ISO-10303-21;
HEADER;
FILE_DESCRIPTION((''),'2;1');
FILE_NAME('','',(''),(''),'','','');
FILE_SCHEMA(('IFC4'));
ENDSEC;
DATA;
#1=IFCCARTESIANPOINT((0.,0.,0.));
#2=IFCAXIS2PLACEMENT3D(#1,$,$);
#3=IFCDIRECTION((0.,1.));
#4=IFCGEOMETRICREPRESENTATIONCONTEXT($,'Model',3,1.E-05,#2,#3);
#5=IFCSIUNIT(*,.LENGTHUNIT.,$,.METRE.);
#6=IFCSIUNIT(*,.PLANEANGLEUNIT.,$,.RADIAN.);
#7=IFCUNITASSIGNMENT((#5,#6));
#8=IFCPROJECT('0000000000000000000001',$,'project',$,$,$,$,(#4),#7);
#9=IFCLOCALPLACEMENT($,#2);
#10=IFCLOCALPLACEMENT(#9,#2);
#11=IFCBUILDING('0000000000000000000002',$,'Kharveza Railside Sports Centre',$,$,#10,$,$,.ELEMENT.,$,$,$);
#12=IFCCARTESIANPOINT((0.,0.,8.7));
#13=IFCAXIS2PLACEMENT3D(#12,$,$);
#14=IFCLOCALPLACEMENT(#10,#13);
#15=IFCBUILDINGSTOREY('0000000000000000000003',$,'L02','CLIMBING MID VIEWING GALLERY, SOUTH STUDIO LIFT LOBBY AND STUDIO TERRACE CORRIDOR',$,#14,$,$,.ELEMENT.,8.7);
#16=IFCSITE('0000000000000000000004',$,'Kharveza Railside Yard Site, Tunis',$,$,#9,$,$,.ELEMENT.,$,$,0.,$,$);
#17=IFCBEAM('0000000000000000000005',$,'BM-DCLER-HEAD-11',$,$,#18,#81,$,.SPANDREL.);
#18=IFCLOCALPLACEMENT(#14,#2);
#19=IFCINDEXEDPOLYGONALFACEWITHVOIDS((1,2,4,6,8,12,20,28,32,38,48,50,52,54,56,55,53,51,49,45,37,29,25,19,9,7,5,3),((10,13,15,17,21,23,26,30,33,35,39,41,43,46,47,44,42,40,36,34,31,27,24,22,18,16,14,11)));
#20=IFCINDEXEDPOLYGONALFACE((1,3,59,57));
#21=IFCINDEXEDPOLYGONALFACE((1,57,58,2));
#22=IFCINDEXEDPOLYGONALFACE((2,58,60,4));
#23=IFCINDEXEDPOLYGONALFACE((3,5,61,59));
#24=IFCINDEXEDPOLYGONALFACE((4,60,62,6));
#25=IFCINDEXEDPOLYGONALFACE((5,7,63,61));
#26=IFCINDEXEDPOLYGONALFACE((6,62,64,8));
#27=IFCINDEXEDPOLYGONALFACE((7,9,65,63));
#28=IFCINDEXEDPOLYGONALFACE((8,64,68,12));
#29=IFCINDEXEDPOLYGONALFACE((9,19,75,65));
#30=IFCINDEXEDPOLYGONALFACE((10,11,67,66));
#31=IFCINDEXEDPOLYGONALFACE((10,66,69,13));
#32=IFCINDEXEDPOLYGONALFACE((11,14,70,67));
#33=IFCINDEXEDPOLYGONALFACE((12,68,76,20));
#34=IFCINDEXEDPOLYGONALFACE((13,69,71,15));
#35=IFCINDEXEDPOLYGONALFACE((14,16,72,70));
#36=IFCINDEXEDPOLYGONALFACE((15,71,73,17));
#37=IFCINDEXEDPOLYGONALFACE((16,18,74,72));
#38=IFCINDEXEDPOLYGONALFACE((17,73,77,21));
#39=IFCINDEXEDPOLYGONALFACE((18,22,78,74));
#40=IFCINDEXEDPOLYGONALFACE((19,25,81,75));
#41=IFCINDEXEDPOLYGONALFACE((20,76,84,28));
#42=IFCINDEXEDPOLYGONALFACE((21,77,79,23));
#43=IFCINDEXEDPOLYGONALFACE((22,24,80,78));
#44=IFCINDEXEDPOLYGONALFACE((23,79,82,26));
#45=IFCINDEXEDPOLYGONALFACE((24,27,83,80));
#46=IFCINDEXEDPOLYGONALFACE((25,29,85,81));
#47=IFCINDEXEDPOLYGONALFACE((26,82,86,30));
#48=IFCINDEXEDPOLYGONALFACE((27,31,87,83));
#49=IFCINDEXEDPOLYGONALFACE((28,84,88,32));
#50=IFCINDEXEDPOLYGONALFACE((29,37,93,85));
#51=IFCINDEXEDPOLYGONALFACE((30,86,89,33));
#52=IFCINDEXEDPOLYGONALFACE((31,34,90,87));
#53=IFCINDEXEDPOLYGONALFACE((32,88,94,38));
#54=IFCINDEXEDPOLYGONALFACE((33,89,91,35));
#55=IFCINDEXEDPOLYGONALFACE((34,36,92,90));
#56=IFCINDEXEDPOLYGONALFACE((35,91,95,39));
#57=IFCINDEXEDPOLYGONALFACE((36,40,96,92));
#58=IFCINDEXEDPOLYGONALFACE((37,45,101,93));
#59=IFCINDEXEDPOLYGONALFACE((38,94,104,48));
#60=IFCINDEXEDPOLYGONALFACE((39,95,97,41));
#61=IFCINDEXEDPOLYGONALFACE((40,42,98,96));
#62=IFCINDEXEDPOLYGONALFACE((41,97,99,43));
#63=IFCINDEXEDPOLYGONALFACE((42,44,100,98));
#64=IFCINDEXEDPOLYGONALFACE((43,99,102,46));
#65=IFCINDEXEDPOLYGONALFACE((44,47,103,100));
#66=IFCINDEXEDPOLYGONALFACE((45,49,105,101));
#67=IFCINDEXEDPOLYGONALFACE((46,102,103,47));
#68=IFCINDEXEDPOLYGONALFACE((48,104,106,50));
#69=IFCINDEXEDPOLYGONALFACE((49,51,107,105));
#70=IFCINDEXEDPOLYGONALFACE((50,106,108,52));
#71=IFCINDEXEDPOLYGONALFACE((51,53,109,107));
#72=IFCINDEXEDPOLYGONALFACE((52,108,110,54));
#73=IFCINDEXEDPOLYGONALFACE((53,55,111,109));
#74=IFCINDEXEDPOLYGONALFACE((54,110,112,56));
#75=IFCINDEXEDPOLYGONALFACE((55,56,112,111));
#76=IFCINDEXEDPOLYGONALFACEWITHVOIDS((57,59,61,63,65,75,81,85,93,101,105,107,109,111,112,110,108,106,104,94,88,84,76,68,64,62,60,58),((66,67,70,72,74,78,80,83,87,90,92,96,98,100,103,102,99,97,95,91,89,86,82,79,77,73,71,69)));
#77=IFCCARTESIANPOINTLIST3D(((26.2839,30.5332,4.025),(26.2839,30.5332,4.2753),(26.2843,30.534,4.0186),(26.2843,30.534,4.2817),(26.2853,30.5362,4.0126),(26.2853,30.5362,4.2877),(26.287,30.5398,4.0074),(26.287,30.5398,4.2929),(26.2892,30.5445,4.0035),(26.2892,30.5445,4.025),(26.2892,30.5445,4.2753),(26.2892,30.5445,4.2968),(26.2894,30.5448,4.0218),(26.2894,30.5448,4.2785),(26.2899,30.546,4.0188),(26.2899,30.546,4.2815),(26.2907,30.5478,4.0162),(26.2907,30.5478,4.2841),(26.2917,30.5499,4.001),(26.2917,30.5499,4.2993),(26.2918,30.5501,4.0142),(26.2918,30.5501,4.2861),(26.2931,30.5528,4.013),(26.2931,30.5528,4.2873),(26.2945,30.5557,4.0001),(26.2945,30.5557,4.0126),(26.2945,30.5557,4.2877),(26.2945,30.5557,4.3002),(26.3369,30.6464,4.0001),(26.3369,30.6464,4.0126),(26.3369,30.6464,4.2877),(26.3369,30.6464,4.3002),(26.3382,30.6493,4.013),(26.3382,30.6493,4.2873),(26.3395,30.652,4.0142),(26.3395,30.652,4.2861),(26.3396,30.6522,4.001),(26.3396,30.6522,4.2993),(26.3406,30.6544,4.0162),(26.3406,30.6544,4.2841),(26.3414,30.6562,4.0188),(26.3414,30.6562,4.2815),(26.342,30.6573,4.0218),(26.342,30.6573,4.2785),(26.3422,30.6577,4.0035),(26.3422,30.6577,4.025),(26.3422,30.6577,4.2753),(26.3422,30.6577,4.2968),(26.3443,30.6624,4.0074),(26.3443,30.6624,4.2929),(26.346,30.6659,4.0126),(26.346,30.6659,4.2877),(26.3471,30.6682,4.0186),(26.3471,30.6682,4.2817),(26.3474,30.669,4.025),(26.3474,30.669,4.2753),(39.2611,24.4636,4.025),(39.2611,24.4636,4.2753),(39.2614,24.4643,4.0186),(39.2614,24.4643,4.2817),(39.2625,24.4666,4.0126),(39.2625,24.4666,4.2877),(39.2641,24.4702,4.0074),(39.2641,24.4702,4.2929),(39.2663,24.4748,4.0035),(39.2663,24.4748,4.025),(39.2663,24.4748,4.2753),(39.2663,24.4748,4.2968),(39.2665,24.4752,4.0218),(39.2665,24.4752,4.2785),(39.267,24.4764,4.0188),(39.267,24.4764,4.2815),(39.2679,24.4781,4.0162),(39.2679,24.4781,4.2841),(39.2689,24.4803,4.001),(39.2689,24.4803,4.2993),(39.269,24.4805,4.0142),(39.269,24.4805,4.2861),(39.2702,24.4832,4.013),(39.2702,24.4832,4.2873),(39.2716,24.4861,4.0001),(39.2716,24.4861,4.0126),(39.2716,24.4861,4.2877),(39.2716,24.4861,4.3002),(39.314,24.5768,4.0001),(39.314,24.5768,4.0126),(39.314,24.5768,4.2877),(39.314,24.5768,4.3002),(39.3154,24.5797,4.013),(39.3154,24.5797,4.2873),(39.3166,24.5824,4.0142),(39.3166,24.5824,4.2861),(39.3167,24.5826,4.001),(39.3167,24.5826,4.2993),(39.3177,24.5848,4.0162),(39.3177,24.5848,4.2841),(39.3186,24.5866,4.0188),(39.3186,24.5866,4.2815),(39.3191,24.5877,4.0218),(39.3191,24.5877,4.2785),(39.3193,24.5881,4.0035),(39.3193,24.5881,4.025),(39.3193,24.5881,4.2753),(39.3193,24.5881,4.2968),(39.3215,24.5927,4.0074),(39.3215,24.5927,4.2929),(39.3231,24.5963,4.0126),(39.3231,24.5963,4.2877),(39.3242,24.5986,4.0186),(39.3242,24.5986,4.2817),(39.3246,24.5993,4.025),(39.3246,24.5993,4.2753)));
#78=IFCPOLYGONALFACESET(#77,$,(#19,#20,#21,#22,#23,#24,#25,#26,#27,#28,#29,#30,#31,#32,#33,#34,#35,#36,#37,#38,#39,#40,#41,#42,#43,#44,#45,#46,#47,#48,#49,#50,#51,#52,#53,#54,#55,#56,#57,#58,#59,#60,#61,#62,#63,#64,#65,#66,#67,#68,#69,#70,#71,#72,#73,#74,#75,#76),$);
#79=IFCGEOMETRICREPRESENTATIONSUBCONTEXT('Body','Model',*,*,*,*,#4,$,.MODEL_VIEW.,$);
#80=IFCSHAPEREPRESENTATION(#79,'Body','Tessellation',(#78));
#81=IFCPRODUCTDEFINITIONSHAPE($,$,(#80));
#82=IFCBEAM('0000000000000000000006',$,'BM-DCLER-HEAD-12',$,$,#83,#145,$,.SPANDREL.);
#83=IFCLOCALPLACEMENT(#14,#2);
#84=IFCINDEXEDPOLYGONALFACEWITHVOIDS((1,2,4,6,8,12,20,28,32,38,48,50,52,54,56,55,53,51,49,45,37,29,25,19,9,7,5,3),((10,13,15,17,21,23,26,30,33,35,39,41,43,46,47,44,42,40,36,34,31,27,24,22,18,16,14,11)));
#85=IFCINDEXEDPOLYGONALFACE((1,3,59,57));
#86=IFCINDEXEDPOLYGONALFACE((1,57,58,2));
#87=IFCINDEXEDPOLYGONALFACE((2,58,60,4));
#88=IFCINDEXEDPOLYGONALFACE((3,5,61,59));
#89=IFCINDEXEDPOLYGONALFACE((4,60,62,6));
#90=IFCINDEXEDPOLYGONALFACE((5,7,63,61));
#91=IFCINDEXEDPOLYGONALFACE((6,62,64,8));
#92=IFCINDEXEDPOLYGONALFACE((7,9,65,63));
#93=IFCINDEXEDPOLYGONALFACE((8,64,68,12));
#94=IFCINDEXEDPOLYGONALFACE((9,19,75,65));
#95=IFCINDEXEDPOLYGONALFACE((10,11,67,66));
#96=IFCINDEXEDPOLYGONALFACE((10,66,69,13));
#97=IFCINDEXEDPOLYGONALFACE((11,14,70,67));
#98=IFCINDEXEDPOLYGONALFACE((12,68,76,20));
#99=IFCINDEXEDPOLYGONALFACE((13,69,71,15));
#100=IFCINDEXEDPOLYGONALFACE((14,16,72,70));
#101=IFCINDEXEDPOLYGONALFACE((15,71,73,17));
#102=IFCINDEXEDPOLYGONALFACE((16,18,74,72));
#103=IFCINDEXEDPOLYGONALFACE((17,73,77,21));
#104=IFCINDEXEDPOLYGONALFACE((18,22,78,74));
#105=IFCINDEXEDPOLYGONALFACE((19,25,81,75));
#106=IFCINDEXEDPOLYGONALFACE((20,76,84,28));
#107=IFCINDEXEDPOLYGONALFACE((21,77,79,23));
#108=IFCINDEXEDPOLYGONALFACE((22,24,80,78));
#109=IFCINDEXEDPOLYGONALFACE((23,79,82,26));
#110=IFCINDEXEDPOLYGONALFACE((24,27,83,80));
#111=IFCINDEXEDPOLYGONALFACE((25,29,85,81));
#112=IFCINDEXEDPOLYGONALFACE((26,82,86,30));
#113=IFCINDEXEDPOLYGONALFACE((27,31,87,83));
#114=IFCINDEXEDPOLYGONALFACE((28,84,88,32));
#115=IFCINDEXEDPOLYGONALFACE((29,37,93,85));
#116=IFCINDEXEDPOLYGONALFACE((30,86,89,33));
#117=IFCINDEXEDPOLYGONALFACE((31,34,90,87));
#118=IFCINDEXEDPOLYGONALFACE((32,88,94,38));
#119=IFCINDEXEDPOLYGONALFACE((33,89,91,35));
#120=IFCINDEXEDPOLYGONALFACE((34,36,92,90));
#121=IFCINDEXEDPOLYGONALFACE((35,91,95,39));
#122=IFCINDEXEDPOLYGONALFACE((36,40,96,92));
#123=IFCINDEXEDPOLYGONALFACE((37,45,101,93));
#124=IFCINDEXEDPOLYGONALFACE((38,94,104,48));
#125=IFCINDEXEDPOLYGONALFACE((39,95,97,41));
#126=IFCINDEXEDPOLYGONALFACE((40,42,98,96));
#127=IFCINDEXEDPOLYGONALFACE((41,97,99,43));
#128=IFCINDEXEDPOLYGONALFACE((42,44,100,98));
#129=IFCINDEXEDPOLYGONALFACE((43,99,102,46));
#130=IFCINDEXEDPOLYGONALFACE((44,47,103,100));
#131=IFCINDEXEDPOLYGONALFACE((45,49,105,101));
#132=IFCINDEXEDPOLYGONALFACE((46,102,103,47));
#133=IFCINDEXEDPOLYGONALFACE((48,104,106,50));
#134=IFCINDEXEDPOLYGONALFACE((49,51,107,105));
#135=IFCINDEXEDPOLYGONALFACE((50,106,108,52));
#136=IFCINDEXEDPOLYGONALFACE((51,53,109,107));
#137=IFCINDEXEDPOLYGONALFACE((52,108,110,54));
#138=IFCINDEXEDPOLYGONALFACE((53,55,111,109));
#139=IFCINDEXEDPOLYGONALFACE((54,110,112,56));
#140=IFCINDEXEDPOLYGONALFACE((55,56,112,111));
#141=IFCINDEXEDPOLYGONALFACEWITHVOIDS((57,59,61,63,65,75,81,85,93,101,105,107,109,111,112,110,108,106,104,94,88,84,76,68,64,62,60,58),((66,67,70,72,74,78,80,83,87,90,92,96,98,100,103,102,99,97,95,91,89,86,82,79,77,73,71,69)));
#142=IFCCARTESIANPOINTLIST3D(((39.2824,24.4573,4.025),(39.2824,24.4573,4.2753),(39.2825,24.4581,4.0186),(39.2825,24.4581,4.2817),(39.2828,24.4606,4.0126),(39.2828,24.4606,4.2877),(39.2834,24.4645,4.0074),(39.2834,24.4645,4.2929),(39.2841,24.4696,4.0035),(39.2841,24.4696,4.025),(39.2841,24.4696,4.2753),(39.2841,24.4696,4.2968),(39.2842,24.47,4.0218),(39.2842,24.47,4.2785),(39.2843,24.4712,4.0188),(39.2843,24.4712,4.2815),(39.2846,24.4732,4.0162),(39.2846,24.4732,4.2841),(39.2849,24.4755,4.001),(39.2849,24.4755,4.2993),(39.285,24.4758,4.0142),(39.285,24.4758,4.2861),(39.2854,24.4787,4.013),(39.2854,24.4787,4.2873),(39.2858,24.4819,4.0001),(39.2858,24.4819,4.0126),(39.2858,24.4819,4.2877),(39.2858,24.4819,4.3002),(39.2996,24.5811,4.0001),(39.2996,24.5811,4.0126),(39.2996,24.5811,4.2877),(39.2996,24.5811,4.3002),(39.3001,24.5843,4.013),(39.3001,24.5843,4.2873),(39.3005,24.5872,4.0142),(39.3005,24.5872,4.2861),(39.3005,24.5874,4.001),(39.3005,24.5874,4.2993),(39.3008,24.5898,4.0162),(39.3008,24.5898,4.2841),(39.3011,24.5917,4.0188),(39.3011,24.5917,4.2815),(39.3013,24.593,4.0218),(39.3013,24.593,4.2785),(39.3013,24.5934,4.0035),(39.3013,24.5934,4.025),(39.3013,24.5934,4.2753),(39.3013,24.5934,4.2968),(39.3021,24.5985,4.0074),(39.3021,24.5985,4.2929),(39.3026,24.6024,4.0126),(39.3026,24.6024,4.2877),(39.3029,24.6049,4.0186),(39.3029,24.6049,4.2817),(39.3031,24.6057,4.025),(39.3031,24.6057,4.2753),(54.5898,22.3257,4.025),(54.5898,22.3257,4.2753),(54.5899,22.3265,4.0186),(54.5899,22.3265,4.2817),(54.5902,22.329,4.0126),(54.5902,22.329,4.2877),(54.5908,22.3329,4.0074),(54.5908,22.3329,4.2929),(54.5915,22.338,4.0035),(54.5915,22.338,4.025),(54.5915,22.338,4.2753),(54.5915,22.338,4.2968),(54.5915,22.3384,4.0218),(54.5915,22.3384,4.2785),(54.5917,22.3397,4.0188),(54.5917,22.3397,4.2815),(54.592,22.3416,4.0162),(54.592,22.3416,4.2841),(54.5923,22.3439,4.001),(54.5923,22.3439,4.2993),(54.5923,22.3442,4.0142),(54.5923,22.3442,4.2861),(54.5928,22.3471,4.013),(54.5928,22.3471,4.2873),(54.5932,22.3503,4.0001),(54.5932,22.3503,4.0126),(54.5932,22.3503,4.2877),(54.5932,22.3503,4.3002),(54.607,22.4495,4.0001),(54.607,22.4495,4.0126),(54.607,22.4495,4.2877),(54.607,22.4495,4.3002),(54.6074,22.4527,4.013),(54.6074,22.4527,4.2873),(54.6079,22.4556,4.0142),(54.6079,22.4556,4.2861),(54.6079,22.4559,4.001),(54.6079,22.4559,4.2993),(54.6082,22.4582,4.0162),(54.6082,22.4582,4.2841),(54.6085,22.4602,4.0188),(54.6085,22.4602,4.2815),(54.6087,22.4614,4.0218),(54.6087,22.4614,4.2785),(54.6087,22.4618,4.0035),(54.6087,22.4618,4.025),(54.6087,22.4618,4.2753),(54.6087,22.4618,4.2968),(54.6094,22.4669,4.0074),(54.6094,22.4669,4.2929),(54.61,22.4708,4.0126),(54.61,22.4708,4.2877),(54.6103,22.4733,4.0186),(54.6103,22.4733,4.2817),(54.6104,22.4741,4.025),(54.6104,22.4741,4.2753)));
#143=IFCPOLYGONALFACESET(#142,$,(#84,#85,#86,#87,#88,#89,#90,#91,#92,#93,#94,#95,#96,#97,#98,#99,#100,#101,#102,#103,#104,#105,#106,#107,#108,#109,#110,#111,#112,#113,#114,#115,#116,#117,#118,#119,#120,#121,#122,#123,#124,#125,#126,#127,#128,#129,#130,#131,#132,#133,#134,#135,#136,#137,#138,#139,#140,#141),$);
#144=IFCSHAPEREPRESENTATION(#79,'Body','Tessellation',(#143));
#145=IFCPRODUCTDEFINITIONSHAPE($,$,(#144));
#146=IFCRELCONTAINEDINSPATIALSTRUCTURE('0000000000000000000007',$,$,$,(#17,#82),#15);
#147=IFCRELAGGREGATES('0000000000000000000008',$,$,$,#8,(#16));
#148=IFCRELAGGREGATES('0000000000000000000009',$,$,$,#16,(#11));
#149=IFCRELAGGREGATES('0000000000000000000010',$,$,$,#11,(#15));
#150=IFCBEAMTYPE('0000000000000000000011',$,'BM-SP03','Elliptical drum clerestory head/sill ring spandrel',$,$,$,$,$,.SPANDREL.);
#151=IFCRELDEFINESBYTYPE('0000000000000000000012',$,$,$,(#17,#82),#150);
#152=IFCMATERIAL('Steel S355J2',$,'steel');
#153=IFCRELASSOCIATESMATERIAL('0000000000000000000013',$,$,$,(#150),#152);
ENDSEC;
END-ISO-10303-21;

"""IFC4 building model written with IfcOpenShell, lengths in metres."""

from ifc_helpers import new_model, si_unit, direction, frame, origin, origin_2d, place, context, subcontext, project, spatial, hollow_rectangle, extrude, material, material_profile, profile_set, type_object, element, save


model = new_model("IFC4")

# Units and contexts
model_context = context("Model", 3, precision=1e-05, world=origin(), true_north=direction((0.0, 1.0)))
body_context = subcontext(model_context, "Body", "Model", "MODEL_VIEW")
ifc_project = project(units=[si_unit("LENGTHUNIT", "METRE"), si_unit("PLANEANGLEUNIT", "RADIAN")], contexts=[model_context])

# Site, building, storey
site_placement = place(None, origin())
site = spatial("IfcSite", under=ifc_project, at=site_placement, Name="Kharveza Railside Yard Site, Tunis", CompositionType="ELEMENT", RefElevation=0.0)
building_placement = place(site_placement, origin())
building = spatial("IfcBuilding", under=site, at=building_placement, Name="Kharveza Railside Sports Centre", CompositionType="ELEMENT")
storey_placement = place(building_placement, frame((0.0, 0.0, 8.7)))
storey = spatial("IfcBuildingStorey", under=building, at=storey_placement, Name="L02", Description="CLIMBING MID VIEWING GALLERY, SOUTH STUDIO LIFT LOBBY AND STUDIO TERRACE CORRIDOR", CompositionType="ELEMENT", Elevation=8.7)

# Shared definitions
ifc_material_1 = material(Name="Steel S355J2", Category="steel")

# Beams
ifc_material_profile_1 = material_profile(ifc_material_1, hollow_rectangle(XDim=0.1499, YDim=0.3, WallThickness=0.0125, InnerFilletRadius=0.0125, OuterFilletRadius=0.0249, at=origin_2d()), Name="RHS 150x300x12.5")
ifc_profile_set_1 = profile_set([ifc_material_profile_1], Name="Steel S355J2")
beam_type_1 = type_object("IfcBeamType", Name="BM-SP03", Description="Elliptical drum clerestory head/sill ring spandrel", PredefinedType="SPANDREL", material=ifc_profile_set_1)
beam_1_placement = place(storey_placement, frame((26.3157, 30.6011, 4.1501), z_axis=(0.905818, -0.423666, 0.0), x_axis=(0.423666, 0.905818, 0.0)))
element("IfcBeam", 1, at=beam_1_placement, inside=storey, type_object=beam_type_1, Name="BM-DCLER-HEAD-11", PredefinedType="SPANDREL", context=body_context, shape_type="SweptSolid", body=[
    extrude(hollow_rectangle(XDim=0.1499, YDim=0.3, WallThickness=0.0125, InnerFilletRadius=0.0125, OuterFilletRadius=0.0249, at=origin_2d()), origin(), (0.0, 0.0, 1.0), 14.3264),
])
beam_2_placement = place(storey_placement, frame((39.2927, 24.5315, 4.1501), z_axis=(0.990443, -0.137922, 0.0), x_axis=(0.137922, 0.990443, 0.0)))
element("IfcBeam", 2, at=beam_2_placement, inside=storey, type_object=beam_type_1, Name="BM-DCLER-HEAD-12", PredefinedType="SPANDREL", context=body_context, shape_type="SweptSolid", body=[
    extrude(hollow_rectangle(XDim=0.1499, YDim=0.3, WallThickness=0.0125, InnerFilletRadius=0.0125, OuterFilletRadius=0.0249, at=origin_2d()), origin(), (0.0, 0.0, 1.0), 15.4551),
])

save(model, "model.ifc")
